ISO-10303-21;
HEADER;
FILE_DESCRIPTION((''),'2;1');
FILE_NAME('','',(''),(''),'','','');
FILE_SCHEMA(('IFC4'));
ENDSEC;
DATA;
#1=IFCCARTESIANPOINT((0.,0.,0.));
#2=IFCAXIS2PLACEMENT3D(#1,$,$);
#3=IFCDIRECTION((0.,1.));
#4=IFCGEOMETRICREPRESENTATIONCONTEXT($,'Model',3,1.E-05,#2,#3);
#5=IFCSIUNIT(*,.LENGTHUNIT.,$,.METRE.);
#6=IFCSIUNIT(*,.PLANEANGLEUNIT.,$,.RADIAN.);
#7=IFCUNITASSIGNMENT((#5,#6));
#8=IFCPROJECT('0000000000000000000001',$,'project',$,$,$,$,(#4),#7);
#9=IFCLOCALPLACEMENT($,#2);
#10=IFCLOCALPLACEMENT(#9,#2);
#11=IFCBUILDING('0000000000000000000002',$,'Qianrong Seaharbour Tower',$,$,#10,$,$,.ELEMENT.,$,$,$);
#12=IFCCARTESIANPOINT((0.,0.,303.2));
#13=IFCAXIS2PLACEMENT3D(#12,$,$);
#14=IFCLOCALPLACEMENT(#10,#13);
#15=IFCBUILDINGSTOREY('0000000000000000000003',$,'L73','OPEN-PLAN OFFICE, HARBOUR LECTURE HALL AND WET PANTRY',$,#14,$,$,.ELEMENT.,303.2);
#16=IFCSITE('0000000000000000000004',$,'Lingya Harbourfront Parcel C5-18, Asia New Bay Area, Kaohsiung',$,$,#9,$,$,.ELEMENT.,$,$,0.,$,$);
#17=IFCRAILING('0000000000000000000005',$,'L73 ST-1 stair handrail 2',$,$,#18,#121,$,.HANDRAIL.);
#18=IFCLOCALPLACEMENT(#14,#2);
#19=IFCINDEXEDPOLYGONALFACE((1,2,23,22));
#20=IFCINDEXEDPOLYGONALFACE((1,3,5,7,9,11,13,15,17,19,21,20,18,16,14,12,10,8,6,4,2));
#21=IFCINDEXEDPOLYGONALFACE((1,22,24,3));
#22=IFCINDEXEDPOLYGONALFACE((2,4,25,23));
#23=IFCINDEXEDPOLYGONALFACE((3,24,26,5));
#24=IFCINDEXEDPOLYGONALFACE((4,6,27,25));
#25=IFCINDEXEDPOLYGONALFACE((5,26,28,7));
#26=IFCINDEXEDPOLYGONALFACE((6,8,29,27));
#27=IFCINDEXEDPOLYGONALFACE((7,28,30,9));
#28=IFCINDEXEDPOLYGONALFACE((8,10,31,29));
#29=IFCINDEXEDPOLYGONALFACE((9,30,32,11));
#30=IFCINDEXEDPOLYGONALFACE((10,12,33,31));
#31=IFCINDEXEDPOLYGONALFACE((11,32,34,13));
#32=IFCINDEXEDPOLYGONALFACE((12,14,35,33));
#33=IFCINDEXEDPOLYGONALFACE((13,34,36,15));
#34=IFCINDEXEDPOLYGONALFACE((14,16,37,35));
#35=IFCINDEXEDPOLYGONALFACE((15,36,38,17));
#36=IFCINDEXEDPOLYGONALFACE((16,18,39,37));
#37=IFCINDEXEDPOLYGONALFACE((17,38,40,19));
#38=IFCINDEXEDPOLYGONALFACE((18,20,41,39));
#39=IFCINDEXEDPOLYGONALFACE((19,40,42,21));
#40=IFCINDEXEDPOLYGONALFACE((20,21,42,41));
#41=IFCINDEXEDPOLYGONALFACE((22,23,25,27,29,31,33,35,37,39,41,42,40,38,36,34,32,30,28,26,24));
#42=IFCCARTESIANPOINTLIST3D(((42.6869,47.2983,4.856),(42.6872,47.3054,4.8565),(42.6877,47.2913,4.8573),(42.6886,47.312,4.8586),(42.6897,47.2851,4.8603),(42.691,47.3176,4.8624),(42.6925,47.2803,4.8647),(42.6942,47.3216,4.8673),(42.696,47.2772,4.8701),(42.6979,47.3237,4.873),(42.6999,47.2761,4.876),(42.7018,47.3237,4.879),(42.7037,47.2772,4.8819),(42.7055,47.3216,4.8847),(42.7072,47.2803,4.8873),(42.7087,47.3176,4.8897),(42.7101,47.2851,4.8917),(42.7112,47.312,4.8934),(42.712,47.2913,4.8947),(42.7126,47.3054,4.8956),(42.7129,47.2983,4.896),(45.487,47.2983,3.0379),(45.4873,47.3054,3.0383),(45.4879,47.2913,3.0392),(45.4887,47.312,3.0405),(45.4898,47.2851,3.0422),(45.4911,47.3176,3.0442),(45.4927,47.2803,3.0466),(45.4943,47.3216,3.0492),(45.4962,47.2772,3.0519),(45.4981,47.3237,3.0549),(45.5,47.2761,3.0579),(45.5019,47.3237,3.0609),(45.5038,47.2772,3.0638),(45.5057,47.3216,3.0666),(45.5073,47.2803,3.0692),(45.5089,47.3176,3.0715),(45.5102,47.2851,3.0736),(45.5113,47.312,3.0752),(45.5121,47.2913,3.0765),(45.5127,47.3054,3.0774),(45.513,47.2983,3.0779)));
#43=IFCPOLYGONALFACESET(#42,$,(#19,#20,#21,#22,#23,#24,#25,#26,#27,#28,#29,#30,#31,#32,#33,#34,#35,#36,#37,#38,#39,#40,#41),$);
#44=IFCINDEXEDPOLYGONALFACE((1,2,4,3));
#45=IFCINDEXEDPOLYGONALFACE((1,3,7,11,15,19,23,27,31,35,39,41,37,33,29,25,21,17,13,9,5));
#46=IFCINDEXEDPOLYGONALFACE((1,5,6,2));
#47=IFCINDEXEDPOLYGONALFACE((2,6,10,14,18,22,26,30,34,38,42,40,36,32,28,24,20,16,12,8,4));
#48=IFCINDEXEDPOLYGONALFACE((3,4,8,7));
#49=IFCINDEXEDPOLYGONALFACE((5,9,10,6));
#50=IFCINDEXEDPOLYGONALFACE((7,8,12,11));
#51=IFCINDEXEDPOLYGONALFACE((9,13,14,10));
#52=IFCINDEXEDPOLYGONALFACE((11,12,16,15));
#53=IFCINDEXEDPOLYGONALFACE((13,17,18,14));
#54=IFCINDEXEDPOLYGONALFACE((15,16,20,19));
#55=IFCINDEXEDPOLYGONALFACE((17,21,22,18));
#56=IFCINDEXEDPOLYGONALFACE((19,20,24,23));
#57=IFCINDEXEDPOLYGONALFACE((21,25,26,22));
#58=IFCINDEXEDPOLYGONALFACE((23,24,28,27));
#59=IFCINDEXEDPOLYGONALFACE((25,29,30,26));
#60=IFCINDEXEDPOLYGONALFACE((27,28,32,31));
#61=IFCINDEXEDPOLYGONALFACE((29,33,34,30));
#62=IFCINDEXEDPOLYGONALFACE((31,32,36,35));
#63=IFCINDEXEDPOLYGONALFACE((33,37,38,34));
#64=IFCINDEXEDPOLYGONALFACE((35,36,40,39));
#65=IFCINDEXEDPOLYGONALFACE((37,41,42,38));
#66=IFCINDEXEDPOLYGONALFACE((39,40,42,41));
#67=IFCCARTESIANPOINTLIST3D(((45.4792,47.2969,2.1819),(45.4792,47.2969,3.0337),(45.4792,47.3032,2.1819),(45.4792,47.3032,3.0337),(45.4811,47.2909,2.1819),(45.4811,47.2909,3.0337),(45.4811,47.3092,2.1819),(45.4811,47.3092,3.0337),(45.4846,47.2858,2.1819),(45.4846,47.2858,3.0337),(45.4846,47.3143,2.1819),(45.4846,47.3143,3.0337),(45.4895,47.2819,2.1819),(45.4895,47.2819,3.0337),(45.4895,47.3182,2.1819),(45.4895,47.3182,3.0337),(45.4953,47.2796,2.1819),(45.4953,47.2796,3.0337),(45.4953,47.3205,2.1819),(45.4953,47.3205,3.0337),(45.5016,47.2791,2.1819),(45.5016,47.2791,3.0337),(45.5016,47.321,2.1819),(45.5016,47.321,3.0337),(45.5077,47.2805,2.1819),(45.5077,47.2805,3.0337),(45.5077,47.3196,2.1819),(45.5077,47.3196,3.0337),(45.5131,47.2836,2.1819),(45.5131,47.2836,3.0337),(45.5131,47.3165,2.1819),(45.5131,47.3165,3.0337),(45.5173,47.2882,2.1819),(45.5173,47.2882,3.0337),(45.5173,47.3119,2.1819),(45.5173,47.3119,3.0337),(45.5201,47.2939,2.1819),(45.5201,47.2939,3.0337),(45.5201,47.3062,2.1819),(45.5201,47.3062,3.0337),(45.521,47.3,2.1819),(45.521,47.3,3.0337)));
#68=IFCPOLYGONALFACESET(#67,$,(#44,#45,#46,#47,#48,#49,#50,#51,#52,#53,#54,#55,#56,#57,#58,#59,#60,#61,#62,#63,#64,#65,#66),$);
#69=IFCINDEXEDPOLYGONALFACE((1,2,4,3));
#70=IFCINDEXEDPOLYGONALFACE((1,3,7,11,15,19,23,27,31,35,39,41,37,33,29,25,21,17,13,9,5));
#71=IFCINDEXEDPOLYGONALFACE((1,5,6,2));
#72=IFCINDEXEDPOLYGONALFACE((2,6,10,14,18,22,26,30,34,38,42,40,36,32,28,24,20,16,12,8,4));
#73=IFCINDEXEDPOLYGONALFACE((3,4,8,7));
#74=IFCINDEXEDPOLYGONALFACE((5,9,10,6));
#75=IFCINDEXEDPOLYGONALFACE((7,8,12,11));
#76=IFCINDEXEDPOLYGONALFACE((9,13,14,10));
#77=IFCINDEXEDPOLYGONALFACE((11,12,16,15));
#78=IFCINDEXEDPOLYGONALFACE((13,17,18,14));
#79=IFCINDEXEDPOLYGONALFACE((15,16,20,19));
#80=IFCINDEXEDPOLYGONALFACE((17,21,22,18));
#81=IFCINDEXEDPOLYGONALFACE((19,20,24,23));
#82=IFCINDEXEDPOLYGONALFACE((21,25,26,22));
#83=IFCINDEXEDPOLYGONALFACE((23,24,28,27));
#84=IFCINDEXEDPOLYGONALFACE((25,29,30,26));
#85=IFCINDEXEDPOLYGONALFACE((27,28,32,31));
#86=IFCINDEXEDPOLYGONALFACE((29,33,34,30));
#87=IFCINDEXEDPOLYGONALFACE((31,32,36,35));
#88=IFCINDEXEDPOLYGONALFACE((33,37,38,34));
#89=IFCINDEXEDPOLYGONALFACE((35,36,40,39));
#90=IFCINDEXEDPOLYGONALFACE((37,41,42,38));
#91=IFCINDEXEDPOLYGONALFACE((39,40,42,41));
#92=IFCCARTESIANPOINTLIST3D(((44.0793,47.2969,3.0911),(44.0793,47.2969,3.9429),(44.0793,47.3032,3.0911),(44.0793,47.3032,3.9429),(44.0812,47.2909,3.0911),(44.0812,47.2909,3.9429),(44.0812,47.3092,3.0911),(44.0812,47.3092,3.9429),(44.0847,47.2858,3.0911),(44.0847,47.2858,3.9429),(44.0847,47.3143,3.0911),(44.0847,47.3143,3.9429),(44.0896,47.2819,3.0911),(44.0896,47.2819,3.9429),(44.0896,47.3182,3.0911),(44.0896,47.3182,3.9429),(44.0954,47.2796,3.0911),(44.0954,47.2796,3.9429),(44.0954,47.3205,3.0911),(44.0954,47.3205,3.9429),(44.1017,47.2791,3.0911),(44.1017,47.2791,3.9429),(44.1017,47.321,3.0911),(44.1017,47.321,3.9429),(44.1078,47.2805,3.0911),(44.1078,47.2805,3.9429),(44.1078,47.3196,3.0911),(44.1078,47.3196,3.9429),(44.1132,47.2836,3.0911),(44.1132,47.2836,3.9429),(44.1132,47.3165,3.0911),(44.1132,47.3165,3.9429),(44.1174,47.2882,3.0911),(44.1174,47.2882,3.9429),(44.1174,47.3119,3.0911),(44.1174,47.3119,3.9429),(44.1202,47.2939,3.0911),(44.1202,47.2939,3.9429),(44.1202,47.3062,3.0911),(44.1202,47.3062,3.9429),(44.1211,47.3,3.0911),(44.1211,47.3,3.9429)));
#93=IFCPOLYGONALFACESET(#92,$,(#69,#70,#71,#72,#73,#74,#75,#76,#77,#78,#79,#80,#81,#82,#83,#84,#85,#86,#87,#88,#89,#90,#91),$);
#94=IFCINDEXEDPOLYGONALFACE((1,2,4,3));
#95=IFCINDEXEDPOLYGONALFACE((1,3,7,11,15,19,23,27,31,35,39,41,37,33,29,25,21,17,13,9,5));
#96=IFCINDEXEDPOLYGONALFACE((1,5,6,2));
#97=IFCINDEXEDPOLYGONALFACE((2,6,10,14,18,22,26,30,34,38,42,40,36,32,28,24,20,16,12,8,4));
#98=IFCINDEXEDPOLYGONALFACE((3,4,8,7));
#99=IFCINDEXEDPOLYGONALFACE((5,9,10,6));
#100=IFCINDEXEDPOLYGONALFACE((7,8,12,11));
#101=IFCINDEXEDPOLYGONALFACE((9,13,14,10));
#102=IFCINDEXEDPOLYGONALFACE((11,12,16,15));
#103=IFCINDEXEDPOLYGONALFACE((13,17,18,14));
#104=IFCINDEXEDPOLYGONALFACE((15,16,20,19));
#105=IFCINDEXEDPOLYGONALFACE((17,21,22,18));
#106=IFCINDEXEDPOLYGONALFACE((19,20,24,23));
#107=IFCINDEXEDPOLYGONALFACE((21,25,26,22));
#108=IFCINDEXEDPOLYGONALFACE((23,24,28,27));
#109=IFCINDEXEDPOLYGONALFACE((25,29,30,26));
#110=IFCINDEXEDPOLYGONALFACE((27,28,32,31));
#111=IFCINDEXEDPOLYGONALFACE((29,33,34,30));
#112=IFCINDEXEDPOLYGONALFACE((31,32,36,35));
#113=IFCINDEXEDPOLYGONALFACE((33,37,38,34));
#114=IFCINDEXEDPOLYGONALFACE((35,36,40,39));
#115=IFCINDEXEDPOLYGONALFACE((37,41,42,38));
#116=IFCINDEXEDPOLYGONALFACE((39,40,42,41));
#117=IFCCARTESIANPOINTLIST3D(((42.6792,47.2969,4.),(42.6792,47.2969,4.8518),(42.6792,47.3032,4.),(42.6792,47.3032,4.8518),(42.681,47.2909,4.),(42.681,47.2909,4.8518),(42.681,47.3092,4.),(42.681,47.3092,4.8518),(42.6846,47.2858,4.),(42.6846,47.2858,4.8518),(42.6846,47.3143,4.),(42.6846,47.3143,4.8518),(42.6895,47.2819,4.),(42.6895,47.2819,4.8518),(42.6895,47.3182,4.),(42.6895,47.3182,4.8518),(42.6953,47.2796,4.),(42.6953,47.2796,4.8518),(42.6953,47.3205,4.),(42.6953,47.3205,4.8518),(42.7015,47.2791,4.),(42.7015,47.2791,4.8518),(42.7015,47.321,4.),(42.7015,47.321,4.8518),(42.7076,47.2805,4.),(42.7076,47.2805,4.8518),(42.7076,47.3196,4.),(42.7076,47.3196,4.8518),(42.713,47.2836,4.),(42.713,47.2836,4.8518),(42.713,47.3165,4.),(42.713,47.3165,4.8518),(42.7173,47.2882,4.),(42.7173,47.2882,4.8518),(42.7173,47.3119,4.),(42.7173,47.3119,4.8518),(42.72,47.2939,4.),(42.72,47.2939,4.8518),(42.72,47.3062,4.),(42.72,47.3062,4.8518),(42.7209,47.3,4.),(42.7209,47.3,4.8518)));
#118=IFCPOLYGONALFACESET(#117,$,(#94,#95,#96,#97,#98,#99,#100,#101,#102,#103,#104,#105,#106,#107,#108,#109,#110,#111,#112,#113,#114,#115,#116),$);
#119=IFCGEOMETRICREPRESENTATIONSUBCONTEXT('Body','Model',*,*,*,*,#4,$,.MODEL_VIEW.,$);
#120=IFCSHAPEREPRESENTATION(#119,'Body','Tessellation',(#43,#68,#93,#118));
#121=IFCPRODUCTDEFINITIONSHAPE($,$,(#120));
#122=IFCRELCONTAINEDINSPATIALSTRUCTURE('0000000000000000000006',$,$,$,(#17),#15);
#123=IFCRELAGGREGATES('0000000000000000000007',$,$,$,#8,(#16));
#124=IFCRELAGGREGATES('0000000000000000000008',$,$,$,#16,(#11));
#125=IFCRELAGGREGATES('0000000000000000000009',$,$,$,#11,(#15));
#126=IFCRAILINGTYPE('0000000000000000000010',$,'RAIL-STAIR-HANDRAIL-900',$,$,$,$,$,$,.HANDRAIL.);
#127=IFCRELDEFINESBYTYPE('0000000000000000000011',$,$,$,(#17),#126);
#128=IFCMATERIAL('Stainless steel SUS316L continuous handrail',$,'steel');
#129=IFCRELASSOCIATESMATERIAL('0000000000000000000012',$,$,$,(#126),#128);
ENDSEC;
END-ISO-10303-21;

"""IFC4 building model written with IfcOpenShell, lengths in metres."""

from ifc_helpers import new_model, si_unit, direction, frame, origin, origin_2d, place, context, subcontext, project, spatial, circle, extrude, material, type_object, element, save


model = new_model("IFC4")

# Units and contexts
model_context = context("Model", 3, precision=1e-05, world=origin(), true_north=direction((0.0, 1.0)))
body_context = subcontext(model_context, "Body", "Model", "MODEL_VIEW")
ifc_project = project(units=[si_unit("LENGTHUNIT", "METRE"), si_unit("PLANEANGLEUNIT", "RADIAN")], contexts=[model_context])

# Site, building, storey
site_placement = place(None, origin())
site = spatial("IfcSite", under=ifc_project, at=site_placement, Name="Lingya Harbourfront Parcel C5-18, Asia New Bay Area, Kaohsiung", CompositionType="ELEMENT", RefElevation=0.0)
building_placement = place(site_placement, origin())
building = spatial("IfcBuilding", under=site, at=building_placement, Name="Qianrong Seaharbour Tower", CompositionType="ELEMENT")
storey_placement = place(building_placement, frame((0.0, 0.0, 303.2)))
storey = spatial("IfcBuildingStorey", under=building, at=storey_placement, Name="L73", Description="OPEN-PLAN OFFICE, HARBOUR LECTURE HALL AND WET PANTRY", CompositionType="ELEMENT", Elevation=303.2)

# Railing
ifc_material_1 = material(Name="Stainless steel SUS316L continuous handrail", Category="steel")
railing_type_1 = type_object("IfcRailingType", Name="RAIL-STAIR-HANDRAIL-900", PredefinedType="HANDRAIL", material=ifc_material_1)
railing_1_placement = place(storey_placement, frame((45.5, 47.3, 2.1819)))
element("IfcRailing", 1, at=railing_1_placement, inside=storey, type_object=railing_type_1, Name="L73 ST-1 stair handrail 2", PredefinedType="HANDRAIL", context=body_context, shape_type="SweptSolid", body=[
    extrude(circle(Radius=0.0239, at=origin_2d()), frame((0.0, 0.0, 0.876), z_axis=(-0.838706, 0.0, 0.544585), x_axis=(0.0, -1.0, 0.0)), (0.0, 0.0, 1.0), 3.3386),
    extrude(circle(Radius=0.021, at=origin_2d()), origin(), (0.0, 0.0, 1.0), 0.8518),
    extrude(circle(Radius=0.021, at=origin_2d()), frame((-1.3999, 0.0, 0.9092)), (0.0, 0.0, 1.0), 0.8518),
    extrude(circle(Radius=0.021, at=origin_2d()), frame((-2.8, 0.0, 1.8181)), (0.0, 0.0, 1.0), 0.8518),
])

save(model, "model.ifc")
